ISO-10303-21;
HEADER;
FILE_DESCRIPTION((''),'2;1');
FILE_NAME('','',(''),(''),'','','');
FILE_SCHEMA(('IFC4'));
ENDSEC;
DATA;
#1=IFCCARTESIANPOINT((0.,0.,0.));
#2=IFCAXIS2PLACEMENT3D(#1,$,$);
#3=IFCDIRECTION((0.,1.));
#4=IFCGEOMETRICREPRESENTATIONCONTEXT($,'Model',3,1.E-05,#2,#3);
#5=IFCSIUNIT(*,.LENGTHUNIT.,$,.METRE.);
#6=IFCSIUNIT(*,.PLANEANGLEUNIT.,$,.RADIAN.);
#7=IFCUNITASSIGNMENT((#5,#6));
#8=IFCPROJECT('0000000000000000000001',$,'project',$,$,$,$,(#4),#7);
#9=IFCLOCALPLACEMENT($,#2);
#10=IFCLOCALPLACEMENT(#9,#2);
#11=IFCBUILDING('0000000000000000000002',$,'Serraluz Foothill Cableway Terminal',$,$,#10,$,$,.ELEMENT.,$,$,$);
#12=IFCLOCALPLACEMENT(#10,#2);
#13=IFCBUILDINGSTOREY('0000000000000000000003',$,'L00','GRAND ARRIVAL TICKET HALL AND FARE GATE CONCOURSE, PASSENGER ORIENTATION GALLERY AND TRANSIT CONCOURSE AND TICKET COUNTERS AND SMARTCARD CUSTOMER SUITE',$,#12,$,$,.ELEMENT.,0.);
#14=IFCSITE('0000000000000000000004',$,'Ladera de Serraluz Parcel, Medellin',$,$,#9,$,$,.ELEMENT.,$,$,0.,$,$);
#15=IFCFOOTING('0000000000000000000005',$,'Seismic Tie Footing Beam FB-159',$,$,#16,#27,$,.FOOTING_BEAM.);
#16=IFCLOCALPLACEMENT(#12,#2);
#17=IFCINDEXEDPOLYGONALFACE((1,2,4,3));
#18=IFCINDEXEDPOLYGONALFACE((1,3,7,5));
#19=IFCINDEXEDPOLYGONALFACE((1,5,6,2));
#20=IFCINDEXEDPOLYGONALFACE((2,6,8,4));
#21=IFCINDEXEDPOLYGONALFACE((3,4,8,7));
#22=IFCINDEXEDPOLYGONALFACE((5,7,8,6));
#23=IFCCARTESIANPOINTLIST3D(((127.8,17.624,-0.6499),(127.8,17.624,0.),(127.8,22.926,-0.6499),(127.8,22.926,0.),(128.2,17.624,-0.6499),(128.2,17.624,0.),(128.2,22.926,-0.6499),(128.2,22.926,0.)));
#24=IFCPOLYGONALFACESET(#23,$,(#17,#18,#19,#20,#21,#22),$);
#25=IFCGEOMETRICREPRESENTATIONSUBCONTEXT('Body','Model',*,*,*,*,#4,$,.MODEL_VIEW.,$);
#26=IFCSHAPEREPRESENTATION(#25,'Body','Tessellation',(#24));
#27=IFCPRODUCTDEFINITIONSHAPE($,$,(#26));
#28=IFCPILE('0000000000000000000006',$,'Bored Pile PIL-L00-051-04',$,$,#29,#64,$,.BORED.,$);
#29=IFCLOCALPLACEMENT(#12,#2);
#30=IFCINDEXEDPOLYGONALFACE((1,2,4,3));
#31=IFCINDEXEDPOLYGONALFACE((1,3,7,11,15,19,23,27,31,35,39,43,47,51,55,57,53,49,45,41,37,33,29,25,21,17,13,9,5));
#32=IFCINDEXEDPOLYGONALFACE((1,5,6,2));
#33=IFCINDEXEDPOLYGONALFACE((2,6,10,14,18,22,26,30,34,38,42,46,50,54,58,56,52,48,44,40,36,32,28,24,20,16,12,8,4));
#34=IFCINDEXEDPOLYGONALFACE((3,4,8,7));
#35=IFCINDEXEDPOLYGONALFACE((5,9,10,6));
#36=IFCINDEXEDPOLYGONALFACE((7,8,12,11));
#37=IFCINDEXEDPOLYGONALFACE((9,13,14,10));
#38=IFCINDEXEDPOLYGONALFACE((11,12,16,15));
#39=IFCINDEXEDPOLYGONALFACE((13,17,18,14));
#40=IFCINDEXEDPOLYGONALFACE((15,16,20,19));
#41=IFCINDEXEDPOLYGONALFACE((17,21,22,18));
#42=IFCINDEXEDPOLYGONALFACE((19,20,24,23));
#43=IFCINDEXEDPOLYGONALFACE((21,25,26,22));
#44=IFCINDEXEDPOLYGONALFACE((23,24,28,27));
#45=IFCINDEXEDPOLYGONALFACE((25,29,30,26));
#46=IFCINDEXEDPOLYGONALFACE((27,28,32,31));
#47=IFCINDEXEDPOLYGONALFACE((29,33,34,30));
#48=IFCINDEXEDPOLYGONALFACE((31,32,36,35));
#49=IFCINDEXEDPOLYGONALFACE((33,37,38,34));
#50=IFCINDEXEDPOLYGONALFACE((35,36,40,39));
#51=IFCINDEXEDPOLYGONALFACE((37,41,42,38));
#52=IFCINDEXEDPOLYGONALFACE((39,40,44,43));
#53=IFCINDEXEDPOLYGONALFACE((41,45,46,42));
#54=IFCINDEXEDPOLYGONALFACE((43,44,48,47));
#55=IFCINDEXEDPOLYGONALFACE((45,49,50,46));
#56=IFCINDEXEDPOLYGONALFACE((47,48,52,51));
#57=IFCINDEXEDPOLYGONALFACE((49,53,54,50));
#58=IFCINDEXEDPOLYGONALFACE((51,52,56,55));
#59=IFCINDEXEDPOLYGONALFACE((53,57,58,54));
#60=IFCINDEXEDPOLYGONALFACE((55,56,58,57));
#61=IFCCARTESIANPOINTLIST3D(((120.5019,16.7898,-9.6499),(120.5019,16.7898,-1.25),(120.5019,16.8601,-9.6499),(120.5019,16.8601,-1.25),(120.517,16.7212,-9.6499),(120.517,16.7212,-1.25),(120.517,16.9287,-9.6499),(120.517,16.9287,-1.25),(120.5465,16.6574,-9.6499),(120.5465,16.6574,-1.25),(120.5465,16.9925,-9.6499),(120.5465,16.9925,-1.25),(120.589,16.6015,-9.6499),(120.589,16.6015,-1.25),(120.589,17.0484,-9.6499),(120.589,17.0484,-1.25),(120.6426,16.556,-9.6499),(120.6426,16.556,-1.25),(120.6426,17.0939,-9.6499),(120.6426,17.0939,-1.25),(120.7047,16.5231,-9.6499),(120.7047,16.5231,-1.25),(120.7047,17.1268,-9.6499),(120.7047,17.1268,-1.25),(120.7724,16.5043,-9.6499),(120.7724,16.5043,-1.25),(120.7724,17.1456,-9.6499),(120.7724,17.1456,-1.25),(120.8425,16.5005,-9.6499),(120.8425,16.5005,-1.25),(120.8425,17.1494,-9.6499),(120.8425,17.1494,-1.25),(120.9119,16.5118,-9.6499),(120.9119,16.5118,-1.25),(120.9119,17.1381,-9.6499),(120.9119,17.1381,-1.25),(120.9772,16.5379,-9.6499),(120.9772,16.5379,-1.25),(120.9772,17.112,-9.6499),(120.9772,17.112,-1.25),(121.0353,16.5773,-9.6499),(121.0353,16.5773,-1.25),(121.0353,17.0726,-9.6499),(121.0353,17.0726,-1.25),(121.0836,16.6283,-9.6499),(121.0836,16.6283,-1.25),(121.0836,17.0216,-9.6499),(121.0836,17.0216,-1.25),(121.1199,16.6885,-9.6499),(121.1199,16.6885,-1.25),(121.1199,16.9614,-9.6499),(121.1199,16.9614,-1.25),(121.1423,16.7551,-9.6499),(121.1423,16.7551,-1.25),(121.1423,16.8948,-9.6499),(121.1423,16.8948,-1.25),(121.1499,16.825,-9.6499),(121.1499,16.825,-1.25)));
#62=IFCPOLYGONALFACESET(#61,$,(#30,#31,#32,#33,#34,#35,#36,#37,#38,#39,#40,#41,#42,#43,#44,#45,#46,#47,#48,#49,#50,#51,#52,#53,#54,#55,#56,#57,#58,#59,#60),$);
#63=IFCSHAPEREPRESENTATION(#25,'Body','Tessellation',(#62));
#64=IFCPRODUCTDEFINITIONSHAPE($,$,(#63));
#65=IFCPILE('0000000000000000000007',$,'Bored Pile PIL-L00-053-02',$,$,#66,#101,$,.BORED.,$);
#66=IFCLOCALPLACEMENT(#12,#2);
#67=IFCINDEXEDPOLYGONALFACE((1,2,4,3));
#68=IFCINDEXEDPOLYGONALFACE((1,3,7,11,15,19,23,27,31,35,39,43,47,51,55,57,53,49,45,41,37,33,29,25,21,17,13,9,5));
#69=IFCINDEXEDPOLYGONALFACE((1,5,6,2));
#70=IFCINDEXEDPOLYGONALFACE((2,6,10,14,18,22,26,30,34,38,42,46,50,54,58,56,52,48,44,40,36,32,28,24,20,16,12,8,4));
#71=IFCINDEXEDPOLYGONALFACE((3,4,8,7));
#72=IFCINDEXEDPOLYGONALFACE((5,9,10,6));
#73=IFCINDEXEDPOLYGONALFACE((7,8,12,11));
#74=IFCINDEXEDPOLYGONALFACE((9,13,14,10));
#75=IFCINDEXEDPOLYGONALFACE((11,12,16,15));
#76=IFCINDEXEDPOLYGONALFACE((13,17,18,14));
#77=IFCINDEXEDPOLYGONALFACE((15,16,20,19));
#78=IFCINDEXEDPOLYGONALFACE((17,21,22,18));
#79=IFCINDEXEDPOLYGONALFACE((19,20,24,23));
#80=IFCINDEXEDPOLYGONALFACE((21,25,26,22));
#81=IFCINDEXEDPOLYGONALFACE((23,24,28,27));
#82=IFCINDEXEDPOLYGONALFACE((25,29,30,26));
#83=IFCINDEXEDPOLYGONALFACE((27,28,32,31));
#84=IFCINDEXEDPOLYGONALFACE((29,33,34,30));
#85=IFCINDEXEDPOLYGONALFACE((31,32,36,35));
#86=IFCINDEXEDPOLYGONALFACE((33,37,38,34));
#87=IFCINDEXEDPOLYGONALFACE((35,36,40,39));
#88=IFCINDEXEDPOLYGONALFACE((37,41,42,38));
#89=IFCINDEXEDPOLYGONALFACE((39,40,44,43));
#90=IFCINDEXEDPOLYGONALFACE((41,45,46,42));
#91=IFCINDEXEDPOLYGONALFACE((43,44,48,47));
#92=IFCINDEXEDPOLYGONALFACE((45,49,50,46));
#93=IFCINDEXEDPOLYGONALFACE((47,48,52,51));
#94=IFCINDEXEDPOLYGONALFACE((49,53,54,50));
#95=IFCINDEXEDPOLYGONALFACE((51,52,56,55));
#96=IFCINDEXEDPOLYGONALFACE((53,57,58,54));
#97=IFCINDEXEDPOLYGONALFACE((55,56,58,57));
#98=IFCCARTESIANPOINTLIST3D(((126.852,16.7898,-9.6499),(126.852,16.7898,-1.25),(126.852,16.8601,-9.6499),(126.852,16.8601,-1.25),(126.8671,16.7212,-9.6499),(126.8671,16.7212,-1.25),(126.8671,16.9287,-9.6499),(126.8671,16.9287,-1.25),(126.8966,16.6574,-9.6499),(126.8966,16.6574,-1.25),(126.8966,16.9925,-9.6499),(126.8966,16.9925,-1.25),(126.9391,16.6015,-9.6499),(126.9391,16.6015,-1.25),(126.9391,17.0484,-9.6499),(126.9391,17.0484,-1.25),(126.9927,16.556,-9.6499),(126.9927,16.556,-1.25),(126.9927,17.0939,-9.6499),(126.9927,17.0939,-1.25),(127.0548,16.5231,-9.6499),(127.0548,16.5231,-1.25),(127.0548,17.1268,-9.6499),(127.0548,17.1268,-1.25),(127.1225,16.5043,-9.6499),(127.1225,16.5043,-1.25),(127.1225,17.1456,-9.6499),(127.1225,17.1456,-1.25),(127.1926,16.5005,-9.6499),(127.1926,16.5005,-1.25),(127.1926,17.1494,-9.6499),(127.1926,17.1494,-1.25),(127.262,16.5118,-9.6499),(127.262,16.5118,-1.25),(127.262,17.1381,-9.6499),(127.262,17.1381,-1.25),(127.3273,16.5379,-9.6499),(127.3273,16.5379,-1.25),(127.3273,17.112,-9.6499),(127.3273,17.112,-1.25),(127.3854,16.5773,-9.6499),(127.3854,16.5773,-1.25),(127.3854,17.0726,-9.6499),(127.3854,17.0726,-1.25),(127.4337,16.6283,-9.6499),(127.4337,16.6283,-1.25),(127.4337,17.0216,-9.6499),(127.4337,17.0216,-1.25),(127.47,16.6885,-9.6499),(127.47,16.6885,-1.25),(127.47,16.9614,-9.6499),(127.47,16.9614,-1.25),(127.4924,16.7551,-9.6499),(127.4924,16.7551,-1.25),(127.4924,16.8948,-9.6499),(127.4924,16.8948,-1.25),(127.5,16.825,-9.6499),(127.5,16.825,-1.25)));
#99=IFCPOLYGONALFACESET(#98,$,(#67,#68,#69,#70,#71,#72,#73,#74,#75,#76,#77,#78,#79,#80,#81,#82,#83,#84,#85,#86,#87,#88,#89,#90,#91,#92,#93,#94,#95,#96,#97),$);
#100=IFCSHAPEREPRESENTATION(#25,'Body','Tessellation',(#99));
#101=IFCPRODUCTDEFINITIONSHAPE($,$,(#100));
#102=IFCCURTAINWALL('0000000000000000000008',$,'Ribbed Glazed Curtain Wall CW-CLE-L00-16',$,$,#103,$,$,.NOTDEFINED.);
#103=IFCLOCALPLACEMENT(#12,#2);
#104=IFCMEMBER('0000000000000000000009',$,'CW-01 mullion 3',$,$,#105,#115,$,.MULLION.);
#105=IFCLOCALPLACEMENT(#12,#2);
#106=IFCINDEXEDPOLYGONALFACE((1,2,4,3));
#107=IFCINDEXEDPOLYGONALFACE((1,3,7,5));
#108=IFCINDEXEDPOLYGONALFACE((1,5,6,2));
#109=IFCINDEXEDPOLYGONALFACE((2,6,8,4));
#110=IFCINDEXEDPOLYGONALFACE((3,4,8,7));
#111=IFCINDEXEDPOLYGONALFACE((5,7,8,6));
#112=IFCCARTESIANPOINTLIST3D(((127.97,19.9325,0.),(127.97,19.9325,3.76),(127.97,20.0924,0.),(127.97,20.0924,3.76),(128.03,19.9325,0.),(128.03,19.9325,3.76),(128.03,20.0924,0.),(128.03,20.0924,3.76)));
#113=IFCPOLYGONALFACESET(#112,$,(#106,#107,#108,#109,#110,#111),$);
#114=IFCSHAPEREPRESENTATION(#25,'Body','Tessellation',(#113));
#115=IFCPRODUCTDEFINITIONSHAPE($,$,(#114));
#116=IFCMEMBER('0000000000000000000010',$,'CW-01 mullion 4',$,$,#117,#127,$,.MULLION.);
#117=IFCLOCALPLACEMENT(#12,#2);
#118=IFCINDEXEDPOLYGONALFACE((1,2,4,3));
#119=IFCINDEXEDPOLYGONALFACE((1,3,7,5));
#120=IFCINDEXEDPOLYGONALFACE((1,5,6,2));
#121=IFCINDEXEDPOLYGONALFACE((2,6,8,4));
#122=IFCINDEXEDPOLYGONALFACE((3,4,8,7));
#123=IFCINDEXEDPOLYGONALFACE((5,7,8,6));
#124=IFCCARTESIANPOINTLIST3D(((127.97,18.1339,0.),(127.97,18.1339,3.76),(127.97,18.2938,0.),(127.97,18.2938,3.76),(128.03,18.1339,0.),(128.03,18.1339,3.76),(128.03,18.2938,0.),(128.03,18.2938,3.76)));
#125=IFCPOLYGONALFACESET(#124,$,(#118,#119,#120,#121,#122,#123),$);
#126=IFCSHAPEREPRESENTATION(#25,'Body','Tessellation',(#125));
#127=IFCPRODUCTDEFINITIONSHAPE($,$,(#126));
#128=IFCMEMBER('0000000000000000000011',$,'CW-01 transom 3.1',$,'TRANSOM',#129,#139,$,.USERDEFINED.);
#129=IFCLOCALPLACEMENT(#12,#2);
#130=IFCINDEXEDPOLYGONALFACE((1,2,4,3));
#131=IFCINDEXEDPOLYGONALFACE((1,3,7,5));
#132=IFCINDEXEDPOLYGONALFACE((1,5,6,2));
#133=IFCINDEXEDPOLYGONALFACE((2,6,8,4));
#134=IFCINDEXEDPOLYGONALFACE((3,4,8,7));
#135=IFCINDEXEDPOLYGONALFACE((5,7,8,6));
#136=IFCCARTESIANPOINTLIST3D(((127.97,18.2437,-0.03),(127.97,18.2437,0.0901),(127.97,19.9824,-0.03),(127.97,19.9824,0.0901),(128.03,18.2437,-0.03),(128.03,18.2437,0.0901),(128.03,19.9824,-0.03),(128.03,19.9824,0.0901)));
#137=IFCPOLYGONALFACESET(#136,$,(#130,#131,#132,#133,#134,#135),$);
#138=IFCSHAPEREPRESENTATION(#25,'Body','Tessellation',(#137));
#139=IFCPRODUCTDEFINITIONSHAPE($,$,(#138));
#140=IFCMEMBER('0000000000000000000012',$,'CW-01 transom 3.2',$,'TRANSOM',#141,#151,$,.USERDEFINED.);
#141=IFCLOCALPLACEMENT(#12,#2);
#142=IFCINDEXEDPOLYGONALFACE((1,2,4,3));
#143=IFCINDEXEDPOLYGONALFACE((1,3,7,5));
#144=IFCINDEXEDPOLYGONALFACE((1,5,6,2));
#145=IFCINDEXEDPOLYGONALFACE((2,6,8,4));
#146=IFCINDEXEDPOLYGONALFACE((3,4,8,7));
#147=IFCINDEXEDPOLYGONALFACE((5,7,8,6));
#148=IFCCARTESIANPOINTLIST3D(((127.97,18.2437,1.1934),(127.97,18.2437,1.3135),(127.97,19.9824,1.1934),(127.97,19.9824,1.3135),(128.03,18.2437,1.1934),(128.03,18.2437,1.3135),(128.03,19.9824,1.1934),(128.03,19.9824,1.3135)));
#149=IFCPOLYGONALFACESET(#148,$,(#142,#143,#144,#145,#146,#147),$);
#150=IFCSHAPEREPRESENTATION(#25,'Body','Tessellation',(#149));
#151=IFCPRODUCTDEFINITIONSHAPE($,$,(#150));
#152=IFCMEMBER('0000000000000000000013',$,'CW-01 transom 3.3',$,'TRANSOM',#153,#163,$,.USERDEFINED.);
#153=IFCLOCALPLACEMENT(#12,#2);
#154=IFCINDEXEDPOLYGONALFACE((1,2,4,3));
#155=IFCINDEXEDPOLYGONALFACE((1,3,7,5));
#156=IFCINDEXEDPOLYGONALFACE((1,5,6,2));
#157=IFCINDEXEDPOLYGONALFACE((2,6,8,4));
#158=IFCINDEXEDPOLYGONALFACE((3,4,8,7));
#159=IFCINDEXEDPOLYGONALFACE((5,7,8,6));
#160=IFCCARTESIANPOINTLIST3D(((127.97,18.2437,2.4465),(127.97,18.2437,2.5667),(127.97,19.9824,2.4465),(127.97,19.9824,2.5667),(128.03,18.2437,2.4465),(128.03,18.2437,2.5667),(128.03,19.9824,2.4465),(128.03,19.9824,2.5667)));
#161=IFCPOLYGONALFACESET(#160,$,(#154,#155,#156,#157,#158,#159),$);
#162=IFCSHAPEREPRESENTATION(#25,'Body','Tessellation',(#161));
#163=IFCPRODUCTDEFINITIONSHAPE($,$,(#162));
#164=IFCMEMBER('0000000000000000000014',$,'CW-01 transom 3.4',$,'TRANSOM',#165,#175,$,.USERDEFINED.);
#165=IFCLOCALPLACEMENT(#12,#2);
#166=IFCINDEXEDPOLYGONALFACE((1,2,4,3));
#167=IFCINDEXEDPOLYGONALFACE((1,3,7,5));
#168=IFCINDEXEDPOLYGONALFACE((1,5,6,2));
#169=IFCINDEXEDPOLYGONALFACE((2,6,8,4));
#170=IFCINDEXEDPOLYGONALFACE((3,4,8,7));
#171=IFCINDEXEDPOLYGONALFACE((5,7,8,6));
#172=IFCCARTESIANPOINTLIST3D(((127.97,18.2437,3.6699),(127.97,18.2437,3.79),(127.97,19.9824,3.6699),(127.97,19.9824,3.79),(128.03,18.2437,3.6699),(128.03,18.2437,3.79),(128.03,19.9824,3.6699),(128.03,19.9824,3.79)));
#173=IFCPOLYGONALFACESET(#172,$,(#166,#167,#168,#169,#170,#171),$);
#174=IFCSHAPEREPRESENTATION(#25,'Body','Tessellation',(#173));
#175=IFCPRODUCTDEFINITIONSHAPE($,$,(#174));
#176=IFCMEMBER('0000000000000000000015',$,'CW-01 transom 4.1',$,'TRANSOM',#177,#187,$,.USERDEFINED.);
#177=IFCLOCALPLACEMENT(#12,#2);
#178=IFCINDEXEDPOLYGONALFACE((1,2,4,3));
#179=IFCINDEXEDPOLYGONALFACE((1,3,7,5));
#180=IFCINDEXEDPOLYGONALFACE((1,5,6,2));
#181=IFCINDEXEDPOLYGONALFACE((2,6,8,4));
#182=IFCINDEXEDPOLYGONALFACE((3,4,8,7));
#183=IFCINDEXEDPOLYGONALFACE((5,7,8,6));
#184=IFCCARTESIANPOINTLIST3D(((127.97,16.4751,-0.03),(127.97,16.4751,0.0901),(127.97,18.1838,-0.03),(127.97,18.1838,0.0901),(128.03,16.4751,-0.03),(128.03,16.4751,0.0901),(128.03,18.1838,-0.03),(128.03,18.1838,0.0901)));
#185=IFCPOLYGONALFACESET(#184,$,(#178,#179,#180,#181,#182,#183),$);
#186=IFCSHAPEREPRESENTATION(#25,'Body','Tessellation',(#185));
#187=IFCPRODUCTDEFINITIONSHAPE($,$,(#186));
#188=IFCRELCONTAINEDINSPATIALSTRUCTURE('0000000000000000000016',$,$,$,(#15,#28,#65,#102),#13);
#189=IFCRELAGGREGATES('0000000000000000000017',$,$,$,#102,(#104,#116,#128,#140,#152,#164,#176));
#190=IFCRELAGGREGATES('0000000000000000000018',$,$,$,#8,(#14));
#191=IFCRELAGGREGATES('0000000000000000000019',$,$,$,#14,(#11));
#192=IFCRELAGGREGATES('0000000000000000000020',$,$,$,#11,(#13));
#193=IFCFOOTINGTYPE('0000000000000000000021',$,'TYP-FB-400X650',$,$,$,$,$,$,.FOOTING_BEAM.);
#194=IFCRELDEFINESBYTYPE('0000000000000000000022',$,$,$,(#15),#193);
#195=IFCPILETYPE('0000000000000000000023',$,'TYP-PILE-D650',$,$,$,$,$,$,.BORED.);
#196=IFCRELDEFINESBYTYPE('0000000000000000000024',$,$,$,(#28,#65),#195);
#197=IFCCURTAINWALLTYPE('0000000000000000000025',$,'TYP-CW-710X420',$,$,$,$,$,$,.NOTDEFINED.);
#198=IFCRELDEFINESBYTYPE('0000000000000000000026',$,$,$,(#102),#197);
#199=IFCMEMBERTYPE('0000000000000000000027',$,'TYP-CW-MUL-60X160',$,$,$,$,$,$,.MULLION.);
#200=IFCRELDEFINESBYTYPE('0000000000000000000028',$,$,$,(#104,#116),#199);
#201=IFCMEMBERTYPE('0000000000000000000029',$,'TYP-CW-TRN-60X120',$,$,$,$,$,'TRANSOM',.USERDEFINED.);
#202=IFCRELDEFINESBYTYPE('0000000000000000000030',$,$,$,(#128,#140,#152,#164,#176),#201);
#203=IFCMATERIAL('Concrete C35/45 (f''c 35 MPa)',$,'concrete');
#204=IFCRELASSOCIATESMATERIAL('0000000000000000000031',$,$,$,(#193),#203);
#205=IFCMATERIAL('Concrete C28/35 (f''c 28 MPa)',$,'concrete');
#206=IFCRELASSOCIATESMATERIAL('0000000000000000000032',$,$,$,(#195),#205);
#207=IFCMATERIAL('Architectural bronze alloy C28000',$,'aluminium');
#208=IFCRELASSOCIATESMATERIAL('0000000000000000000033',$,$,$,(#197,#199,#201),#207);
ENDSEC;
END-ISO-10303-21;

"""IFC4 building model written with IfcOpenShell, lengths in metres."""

from ifc_helpers import new_model, si_unit, direction, frame, origin, origin_2d, place, context, subcontext, project, spatial, rectangle, circle, extrude, material, material_profile, profile_set, type_object, element, aggregate, save


model = new_model("IFC4")

# Units and contexts
model_context = context("Model", 3, precision=1e-05, world=origin(), true_north=direction((0.0, 1.0)))
body_context = subcontext(model_context, "Body", "Model", "MODEL_VIEW")
ifc_project = project(units=[si_unit("LENGTHUNIT", "METRE"), si_unit("PLANEANGLEUNIT", "RADIAN")], contexts=[model_context])

# Site, building, storey
site_placement = place(None, origin())
site = spatial("IfcSite", under=ifc_project, at=site_placement, Name="Ladera de Serraluz Parcel, Medellin", CompositionType="ELEMENT", RefElevation=0.0)
building_placement = place(site_placement, origin())
building = spatial("IfcBuilding", under=site, at=building_placement, Name="Serraluz Foothill Cableway Terminal", CompositionType="ELEMENT")
storey_placement = place(building_placement, origin())
storey = spatial("IfcBuildingStorey", under=building, at=storey_placement, Name="L00", Description="GRAND ARRIVAL TICKET HALL AND FARE GATE CONCOURSE, PASSENGER ORIENTATION GALLERY AND TRANSIT CONCOURSE AND TICKET COUNTERS AND SMARTCARD CUSTOMER SUITE", CompositionType="ELEMENT", Elevation=0.0)

# Footing
ifc_material_1 = material(Name="Concrete C35/45 (f'c 35 MPa)", Category="concrete")
ifc_material_profile_1 = material_profile(ifc_material_1, rectangle(XDim=0.3999, YDim=0.6499, at=origin_2d()), Name="RC 400x650")
ifc_profile_set_1 = profile_set([ifc_material_profile_1], Name="Concrete C35/45 (f'c 35 MPa)")
footing_type = type_object("IfcFootingType", Name="TYP-FB-400X650", PredefinedType="FOOTING_BEAM", material=ifc_profile_set_1)
footing_placement = place(storey_placement, frame((128.0, 17.624, -0.325), z_axis=(0.0, 1.0, 0.0), x_axis=(-1.0, 0.0, 0.0)))
element("IfcFooting", 1, at=footing_placement, inside=storey, type_object=footing_type, Name="Seismic Tie Footing Beam FB-159", PredefinedType="FOOTING_BEAM", context=body_context, shape_type="SweptSolid", body=[
    extrude(rectangle(XDim=0.3999, YDim=0.6499, at=origin_2d()), origin(), (0.0, 0.0, 1.0), 5.302),
])

# Piles
ifc_material_2 = material(Name="Concrete C28/35 (f'c 28 MPa)", Category="concrete")
ifc_material_profile_2 = material_profile(ifc_material_2, circle(Radius=0.325, at=origin_2d()), Name="BORED PILE D650")
ifc_profile_set_2 = profile_set([ifc_material_profile_2], Name="Concrete C28/35 (f'c 28 MPa)")
pile_type = type_object("IfcPileType", Name="TYP-PILE-D650", PredefinedType="BORED", material=ifc_profile_set_2)
for number, where, z_axis, x_axis, name in (
    (2, (120.825, 16.825, -1.25), (0.0, 0.0, -1.0), (1.0, 0.0, 0.0), "Bored Pile PIL-L00-051-04"),
    (3, (127.175, 16.825, -1.25), (0.0, 0.0, -1.0), (1.0, 0.0, 0.0), "Bored Pile PIL-L00-053-02"),
):
    element("IfcPile", number, at=place(storey_placement, frame(where, z_axis=z_axis, x_axis=x_axis)), inside=storey, type_object=pile_type, Name=name, PredefinedType="BORED", context=body_context, shape_type="SweptSolid", body=[
        extrude(circle(Radius=0.325, at=origin_2d()), origin(), (0.0, 0.0, 1.0), 8.3999),
    ])

# Curtain wall, members
ifc_material_3 = material(Name="Architectural bronze alloy C28000", Category="aluminium")
curtain_wall_type = type_object("IfcCurtainWallType", Name="TYP-CW-710X420", PredefinedType="NOTDEFINED", material=ifc_material_3)
curtain_wall_placement = place(storey_placement, origin())
curtain_wall = element("IfcCurtainWall", 4, at=curtain_wall_placement, inside=storey, type_object=curtain_wall_type, Name="Ribbed Glazed Curtain Wall CW-CLE-L00-16", PredefinedType="NOTDEFINED")
ifc_material_profile_3 = material_profile(ifc_material_3, rectangle(XDim=0.0601, YDim=0.1599, at=origin_2d()), Name="ALU MULLION 60x160")
ifc_profile_set_3 = profile_set([ifc_material_profile_3], Name="Architectural bronze alloy C28000")
member_type_1 = type_object("IfcMemberType", Name="TYP-CW-MUL-60X160", PredefinedType="MULLION", material=ifc_profile_set_3)
member_1_placement = place(storey_placement, frame((128.0, 20.0125, 0.0), z_axis=(0.0, 0.0, 1.0), x_axis=(1.0, 0.0, 0.0)))
member_1 = element("IfcMember", 5, at=member_1_placement, type_object=member_type_1, Name="CW-01 mullion 3", PredefinedType="MULLION", context=body_context, shape_type="SweptSolid", body=[
    extrude(rectangle(XDim=0.0601, YDim=0.1599, at=origin_2d()), origin(), (0.0, 0.0, 1.0), 3.76),
])
member_2_placement = place(storey_placement, frame((128.0, 18.2139, 0.0), z_axis=(0.0, 0.0, 1.0), x_axis=(1.0, 0.0, 0.0)))
member_2 = element("IfcMember", 6, at=member_2_placement, type_object=member_type_1, Name="CW-01 mullion 4", PredefinedType="MULLION", context=body_context, shape_type="SweptSolid", body=[
    extrude(rectangle(XDim=0.0601, YDim=0.1599, at=origin_2d()), origin(), (0.0, 0.0, 1.0), 3.76),
])
ifc_material_profile_4 = material_profile(ifc_material_3, rectangle(XDim=0.0601, YDim=0.1201, at=origin_2d()), Name="ALU TRANSOM 60x120")
ifc_profile_set_4 = profile_set([ifc_material_profile_4], Name="Architectural bronze alloy C28000")
member_type_2 = type_object("IfcMemberType", Name="TYP-CW-TRN-60X120", ElementType="TRANSOM", PredefinedType="USERDEFINED", material=ifc_profile_set_4)
member_3_placement = place(storey_placement, frame((128.0, 19.9824, 0.03), z_axis=(0.0, -1.0, 0.0), x_axis=(1.0, 0.0, 0.0)))
member_3 = element("IfcMember", 7, at=member_3_placement, type_object=member_type_2, Name="CW-01 transom 3.1", ObjectType="TRANSOM", PredefinedType="USERDEFINED", context=body_context, shape_type="SweptSolid", body=[
    extrude(rectangle(XDim=0.0601, YDim=0.1201, at=origin_2d()), origin(), (0.0, 0.0, 1.0), 1.7388),
])
member_4_placement = place(storey_placement, frame((128.0, 19.9824, 1.2534), z_axis=(0.0, -1.0, 0.0), x_axis=(1.0, 0.0, 0.0)))
member_4 = element("IfcMember", 8, at=member_4_placement, type_object=member_type_2, Name="CW-01 transom 3.2", ObjectType="TRANSOM", PredefinedType="USERDEFINED", context=body_context, shape_type="SweptSolid", body=[
    extrude(rectangle(XDim=0.0601, YDim=0.1201, at=origin_2d()), origin(), (0.0, 0.0, 1.0), 1.7388),
])
member_5_placement = place(storey_placement, frame((128.0, 19.9824, 2.5066), z_axis=(0.0, -1.0, 0.0), x_axis=(1.0, 0.0, 0.0)))
member_5 = element("IfcMember", 9, at=member_5_placement, type_object=member_type_2, Name="CW-01 transom 3.3", ObjectType="TRANSOM", PredefinedType="USERDEFINED", context=body_context, shape_type="SweptSolid", body=[
    extrude(rectangle(XDim=0.0601, YDim=0.1201, at=origin_2d()), origin(), (0.0, 0.0, 1.0), 1.7388),
])
member_6_placement = place(storey_placement, frame((128.0, 19.9824, 3.73), z_axis=(0.0, -1.0, 0.0), x_axis=(1.0, 0.0, 0.0)))
member_6 = element("IfcMember", 10, at=member_6_placement, type_object=member_type_2, Name="CW-01 transom 3.4", ObjectType="TRANSOM", PredefinedType="USERDEFINED", context=body_context, shape_type="SweptSolid", body=[
    extrude(rectangle(XDim=0.0601, YDim=0.1201, at=origin_2d()), origin(), (0.0, 0.0, 1.0), 1.7388),
])
member_7_placement = place(storey_placement, frame((128.0, 18.1838, 0.03), z_axis=(0.0, -1.0, 0.0), x_axis=(1.0, 0.0, 0.0)))
member_7 = element("IfcMember", 11, at=member_7_placement, type_object=member_type_2, Name="CW-01 transom 4.1", ObjectType="TRANSOM", PredefinedType="USERDEFINED", context=body_context, shape_type="SweptSolid", body=[
    extrude(rectangle(XDim=0.0601, YDim=0.1201, at=origin_2d()), origin(), (0.0, 0.0, 1.0), 1.7087),
])

aggregate(curtain_wall, [member_1, member_2, member_3, member_4, member_5, member_6, member_7])

save(model, "model.ifc")
